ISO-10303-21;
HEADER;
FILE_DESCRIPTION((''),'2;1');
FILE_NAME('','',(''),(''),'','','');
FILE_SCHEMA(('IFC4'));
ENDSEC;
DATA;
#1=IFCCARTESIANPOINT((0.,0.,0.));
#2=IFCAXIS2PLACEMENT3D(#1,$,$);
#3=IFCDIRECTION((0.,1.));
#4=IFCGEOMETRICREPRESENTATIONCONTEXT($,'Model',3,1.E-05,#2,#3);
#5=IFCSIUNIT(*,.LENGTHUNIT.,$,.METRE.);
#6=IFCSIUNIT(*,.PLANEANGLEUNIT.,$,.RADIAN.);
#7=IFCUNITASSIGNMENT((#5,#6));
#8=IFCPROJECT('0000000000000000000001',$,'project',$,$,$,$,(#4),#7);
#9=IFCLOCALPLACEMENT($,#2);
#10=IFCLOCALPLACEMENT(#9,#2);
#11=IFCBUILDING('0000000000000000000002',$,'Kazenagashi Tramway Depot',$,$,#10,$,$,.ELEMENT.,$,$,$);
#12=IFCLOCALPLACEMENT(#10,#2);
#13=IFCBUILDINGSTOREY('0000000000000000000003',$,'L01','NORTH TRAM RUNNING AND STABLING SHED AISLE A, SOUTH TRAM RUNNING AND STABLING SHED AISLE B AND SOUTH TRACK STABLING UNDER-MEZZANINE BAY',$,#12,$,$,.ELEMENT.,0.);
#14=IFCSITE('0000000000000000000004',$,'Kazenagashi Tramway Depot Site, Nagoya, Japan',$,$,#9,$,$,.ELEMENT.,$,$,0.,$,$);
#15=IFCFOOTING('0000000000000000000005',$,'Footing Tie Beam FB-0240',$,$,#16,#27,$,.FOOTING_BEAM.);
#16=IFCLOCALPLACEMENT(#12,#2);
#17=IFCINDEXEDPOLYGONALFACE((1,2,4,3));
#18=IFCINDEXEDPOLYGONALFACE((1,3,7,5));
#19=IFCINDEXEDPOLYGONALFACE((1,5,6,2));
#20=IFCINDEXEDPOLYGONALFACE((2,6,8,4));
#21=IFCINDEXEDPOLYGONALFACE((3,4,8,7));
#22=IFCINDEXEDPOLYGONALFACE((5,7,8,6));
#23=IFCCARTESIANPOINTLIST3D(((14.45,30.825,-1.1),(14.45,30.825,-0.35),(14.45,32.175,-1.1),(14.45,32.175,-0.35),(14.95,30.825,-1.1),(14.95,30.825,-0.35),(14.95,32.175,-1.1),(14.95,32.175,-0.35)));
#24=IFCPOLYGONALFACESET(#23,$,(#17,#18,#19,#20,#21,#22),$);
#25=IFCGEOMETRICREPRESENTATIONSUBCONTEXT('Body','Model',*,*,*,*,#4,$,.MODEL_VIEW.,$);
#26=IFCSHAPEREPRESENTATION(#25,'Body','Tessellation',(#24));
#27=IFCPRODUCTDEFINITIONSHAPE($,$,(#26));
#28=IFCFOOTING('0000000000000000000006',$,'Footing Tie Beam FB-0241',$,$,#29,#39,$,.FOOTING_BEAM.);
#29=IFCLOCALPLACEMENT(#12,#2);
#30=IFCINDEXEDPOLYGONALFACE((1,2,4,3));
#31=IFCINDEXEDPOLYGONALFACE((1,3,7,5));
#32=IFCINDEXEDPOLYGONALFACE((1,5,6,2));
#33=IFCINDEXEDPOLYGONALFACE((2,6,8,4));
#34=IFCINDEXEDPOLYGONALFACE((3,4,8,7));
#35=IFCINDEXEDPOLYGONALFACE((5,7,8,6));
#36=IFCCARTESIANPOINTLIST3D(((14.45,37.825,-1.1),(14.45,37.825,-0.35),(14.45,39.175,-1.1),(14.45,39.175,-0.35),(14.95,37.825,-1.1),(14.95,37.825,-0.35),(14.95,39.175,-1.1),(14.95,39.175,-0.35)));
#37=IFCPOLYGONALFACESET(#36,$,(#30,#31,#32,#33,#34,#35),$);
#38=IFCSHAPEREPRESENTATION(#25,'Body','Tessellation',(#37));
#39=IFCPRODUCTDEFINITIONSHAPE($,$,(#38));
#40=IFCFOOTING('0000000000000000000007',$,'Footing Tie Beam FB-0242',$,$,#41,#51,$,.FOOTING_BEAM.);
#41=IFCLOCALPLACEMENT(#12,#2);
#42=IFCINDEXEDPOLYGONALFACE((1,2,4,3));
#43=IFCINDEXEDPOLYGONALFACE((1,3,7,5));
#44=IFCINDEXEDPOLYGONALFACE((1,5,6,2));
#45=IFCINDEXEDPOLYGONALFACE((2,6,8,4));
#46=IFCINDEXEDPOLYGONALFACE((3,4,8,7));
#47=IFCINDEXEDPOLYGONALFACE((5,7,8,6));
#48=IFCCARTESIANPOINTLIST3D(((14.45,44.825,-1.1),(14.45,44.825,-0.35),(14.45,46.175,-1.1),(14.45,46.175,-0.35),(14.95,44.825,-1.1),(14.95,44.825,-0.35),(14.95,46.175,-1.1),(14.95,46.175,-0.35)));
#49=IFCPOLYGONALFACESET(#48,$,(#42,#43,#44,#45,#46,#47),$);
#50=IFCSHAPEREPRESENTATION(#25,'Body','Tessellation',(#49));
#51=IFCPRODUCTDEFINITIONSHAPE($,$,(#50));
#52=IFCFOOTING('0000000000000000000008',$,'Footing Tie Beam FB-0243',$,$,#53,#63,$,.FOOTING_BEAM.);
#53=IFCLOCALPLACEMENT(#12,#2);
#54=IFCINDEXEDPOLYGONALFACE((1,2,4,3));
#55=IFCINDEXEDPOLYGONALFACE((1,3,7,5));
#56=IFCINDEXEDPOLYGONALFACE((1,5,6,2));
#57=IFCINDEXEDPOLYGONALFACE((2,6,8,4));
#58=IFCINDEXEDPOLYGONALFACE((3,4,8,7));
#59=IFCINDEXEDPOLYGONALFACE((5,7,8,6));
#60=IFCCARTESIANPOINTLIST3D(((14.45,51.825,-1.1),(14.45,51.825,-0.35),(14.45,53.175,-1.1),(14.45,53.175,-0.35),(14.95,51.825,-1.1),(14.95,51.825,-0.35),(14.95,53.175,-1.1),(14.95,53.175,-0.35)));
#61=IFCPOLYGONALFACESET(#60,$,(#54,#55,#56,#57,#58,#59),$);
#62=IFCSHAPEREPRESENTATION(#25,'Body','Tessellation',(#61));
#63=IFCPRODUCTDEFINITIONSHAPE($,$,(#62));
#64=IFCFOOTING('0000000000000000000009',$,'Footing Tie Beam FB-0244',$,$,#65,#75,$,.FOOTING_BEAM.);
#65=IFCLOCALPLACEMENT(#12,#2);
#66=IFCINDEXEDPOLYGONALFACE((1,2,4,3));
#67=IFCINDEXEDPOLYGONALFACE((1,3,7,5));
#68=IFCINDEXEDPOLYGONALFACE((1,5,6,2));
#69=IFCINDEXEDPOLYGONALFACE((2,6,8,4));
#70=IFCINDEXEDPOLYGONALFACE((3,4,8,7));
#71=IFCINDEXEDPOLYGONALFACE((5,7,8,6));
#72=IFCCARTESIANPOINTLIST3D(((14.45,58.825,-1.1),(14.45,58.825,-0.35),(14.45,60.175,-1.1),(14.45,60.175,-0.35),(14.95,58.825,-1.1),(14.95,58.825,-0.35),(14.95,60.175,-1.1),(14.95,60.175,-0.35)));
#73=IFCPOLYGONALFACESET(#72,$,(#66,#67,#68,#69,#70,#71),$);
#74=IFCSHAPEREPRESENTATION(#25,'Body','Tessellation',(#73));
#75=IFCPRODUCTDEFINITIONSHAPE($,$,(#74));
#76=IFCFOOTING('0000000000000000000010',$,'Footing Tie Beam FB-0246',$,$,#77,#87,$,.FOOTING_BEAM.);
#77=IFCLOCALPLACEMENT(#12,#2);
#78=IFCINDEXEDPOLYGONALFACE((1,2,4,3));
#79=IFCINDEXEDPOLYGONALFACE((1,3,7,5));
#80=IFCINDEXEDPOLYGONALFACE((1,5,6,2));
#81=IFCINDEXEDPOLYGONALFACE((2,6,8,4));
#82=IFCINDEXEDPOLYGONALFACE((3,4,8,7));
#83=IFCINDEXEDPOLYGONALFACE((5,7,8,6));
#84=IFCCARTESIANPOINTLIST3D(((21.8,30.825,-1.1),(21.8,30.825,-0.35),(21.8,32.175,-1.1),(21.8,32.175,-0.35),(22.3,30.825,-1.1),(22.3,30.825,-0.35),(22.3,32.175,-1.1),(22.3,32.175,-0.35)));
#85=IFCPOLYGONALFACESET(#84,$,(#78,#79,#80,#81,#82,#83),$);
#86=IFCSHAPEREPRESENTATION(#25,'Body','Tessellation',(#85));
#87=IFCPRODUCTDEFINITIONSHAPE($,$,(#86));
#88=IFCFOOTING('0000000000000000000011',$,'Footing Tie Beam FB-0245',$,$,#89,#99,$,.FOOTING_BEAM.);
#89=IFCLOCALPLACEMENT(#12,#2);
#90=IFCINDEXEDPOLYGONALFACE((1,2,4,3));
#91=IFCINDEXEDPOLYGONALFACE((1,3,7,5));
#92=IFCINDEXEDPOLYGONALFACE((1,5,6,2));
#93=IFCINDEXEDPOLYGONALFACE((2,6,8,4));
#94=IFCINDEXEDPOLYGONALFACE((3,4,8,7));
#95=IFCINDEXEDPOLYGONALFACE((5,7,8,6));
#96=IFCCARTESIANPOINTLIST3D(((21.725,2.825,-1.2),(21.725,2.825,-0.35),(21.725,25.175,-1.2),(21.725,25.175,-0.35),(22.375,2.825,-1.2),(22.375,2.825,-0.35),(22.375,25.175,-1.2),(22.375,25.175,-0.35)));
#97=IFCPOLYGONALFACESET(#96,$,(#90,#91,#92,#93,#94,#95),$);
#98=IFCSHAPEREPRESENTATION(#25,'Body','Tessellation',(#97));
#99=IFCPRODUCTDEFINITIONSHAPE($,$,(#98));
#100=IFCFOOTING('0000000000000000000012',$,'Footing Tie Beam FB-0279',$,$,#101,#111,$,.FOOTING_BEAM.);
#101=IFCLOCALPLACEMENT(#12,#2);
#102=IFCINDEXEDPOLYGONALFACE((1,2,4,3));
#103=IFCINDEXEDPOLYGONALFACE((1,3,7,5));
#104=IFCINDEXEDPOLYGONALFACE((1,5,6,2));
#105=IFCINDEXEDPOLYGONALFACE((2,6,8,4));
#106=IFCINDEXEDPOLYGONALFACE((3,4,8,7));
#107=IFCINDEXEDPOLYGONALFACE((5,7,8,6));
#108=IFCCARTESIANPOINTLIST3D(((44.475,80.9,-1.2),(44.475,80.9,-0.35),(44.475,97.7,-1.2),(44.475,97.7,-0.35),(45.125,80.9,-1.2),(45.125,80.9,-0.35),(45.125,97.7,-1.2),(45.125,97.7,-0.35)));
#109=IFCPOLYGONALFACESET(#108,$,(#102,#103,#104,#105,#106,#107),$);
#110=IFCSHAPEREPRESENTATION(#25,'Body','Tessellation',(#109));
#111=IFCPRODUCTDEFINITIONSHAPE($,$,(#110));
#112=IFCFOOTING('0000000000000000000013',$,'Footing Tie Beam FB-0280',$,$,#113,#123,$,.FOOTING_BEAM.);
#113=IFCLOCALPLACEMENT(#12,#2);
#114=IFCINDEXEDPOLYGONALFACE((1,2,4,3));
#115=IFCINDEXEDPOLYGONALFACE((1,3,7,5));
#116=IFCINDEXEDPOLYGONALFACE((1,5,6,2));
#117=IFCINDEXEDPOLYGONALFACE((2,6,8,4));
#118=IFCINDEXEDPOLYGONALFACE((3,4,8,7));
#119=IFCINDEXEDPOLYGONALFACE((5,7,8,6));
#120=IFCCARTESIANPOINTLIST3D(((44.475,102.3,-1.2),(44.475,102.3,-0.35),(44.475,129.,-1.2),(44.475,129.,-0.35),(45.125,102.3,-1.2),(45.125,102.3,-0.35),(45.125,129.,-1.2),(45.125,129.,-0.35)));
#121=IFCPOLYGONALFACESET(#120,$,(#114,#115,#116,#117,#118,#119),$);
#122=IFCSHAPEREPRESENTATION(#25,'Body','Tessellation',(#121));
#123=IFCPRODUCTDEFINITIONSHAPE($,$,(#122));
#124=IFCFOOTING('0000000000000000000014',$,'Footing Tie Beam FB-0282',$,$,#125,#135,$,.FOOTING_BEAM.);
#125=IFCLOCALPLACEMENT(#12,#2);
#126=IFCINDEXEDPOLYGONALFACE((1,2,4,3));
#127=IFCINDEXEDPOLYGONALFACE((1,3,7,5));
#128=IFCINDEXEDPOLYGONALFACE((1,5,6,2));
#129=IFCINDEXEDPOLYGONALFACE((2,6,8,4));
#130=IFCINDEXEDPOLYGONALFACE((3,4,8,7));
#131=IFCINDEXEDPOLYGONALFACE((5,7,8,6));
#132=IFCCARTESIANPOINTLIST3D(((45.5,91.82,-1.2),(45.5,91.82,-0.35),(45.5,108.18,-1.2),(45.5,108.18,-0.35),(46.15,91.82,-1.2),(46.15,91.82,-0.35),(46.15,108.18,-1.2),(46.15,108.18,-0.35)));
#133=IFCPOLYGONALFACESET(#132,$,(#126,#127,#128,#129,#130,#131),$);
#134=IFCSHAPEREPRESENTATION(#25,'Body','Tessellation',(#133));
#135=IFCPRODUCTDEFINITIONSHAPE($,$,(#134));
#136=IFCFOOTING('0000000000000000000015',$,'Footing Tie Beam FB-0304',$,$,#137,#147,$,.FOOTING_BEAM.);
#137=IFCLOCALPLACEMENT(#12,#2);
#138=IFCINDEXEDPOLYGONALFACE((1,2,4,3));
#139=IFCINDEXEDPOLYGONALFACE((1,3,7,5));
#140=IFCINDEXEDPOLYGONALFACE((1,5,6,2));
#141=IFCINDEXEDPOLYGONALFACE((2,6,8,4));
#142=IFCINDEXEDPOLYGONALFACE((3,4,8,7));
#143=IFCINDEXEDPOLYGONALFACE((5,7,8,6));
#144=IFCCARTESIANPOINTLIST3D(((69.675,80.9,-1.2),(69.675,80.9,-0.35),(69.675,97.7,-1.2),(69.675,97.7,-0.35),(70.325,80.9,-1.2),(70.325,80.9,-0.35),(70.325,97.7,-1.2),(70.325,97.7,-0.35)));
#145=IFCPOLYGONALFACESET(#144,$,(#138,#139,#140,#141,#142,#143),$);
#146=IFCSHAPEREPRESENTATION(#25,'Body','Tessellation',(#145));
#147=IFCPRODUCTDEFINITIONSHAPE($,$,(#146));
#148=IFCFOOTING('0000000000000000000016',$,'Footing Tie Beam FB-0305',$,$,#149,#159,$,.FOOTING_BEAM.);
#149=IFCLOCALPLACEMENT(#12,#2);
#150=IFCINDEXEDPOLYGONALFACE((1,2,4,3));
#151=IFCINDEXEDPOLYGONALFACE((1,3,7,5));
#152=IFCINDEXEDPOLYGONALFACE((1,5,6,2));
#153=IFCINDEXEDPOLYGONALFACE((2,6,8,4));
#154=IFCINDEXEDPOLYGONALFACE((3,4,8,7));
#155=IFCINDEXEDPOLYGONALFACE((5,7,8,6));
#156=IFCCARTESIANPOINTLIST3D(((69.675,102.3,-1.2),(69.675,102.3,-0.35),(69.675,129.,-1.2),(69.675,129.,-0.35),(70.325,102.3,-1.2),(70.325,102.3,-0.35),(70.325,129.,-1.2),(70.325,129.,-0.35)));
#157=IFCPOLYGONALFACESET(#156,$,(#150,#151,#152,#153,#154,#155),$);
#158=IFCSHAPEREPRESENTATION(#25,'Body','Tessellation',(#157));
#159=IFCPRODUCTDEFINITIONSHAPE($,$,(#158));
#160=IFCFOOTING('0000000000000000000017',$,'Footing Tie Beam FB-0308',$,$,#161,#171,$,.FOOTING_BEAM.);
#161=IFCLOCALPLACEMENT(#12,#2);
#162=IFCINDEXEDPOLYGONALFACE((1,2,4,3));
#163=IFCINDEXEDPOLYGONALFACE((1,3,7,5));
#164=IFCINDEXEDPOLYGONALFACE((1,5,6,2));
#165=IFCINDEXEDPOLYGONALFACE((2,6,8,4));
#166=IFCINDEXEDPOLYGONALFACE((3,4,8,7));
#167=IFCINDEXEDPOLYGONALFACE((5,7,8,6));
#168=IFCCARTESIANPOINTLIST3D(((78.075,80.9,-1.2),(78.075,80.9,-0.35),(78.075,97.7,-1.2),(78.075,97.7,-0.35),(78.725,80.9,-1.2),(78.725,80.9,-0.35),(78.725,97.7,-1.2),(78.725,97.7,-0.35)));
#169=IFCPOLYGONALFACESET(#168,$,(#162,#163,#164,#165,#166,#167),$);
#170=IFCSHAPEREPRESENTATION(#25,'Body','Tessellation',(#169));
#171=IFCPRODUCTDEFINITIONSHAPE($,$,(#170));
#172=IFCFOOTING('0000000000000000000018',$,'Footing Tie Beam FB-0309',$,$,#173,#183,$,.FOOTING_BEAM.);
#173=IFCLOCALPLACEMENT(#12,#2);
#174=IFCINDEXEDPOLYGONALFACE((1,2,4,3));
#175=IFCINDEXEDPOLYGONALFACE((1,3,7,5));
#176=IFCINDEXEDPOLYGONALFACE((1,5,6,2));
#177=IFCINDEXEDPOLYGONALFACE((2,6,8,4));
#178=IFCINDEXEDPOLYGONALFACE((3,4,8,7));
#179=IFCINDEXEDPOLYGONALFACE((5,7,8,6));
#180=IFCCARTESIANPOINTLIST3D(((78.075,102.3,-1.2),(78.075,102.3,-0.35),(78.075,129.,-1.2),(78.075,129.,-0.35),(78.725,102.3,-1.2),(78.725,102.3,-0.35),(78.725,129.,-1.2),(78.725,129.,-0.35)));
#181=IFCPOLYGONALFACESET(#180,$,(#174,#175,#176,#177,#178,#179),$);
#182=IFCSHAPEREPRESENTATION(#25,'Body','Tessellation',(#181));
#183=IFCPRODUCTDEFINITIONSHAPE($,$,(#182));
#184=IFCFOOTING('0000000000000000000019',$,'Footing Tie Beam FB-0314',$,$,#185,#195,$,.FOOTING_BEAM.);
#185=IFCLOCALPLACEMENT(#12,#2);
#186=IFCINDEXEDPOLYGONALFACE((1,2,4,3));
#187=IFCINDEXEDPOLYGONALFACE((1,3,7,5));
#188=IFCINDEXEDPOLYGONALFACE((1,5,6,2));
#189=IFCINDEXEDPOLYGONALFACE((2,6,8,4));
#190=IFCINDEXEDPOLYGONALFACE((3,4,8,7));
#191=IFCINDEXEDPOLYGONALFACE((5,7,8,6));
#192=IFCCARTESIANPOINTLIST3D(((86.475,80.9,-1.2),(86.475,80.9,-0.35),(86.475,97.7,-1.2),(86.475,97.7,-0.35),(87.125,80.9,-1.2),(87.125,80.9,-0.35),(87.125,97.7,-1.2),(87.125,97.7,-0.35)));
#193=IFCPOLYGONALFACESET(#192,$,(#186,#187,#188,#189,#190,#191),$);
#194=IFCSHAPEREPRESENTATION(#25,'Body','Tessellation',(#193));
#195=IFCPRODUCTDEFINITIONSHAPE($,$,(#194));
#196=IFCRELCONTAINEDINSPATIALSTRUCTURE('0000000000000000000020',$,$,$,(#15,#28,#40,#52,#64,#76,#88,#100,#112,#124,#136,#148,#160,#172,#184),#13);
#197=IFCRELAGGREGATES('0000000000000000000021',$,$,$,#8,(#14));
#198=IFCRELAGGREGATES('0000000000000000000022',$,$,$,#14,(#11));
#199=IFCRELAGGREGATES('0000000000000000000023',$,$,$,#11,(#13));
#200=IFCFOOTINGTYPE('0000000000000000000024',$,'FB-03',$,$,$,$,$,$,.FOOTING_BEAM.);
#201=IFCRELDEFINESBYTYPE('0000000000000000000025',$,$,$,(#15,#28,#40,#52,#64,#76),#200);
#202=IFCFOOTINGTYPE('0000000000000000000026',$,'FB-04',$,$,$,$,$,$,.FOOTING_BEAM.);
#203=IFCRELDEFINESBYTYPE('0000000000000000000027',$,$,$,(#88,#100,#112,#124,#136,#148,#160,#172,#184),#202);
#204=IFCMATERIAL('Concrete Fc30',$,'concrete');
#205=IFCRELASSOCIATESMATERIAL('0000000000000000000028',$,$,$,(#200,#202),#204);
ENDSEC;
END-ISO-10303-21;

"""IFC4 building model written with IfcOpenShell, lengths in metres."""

from ifc_helpers import new_model, si_unit, direction, frame, origin, place, context, subcontext, project, spatial, polyline, outline, extrude, material, type_object, element, save


model = new_model("IFC4")

# Units and contexts
model_context = context("Model", 3, precision=1e-05, world=origin(), true_north=direction((0.0, 1.0)))
body_context = subcontext(model_context, "Body", "Model", "MODEL_VIEW")
ifc_project = project(units=[si_unit("LENGTHUNIT", "METRE"), si_unit("PLANEANGLEUNIT", "RADIAN")], contexts=[model_context])

# Site, building, storey
site_placement = place(None, origin())
site = spatial("IfcSite", under=ifc_project, at=site_placement, Name="Kazenagashi Tramway Depot Site, Nagoya, Japan", CompositionType="ELEMENT", RefElevation=0.0)
building_placement = place(site_placement, origin())
building = spatial("IfcBuilding", under=site, at=building_placement, Name="Kazenagashi Tramway Depot", CompositionType="ELEMENT")
storey_placement = place(building_placement, origin())
storey = spatial("IfcBuildingStorey", under=building, at=storey_placement, Name="L01", Description="NORTH TRAM RUNNING AND STABLING SHED AISLE A, SOUTH TRAM RUNNING AND STABLING SHED AISLE B AND SOUTH TRACK STABLING UNDER-MEZZANINE BAY", CompositionType="ELEMENT", Elevation=0.0)

# Footings
ifc_material = material(Name="Concrete Fc30", Category="concrete")
footing_type_1 = type_object("IfcFootingType", Name="FB-03", PredefinedType="FOOTING_BEAM", material=ifc_material)
footing_1_placement = place(storey_placement, frame((0.0, 0.0, -1.1)))
element("IfcFooting", 1, at=footing_1_placement, inside=storey, type_object=footing_type_1, Name="Footing Tie Beam FB-0240", PredefinedType="FOOTING_BEAM", context=body_context, shape_type="SweptSolid", body=[
    extrude(outline(polyline([(14.45, 30.825), (14.95, 30.825), (14.95, 32.175), (14.45, 32.175), (14.45, 30.825)])), origin(), (0.0, 0.0, 1.0), 0.75),
])
footing_2_placement = place(storey_placement, frame((0.0, 0.0, -1.1)))
element("IfcFooting", 2, at=footing_2_placement, inside=storey, type_object=footing_type_1, Name="Footing Tie Beam FB-0241", PredefinedType="FOOTING_BEAM", context=body_context, shape_type="SweptSolid", body=[
    extrude(outline(polyline([(14.45, 37.825), (14.95, 37.825), (14.95, 39.175), (14.45, 39.175), (14.45, 37.825)])), origin(), (0.0, 0.0, 1.0), 0.75),
])
footing_3_placement = place(storey_placement, frame((0.0, 0.0, -1.1)))
element("IfcFooting", 3, at=footing_3_placement, inside=storey, type_object=footing_type_1, Name="Footing Tie Beam FB-0242", PredefinedType="FOOTING_BEAM", context=body_context, shape_type="SweptSolid", body=[
    extrude(outline(polyline([(14.45, 44.825), (14.95, 44.825), (14.95, 46.175), (14.45, 46.175), (14.45, 44.825)])), origin(), (0.0, 0.0, 1.0), 0.75),
])
footing_4_placement = place(storey_placement, frame((0.0, 0.0, -1.1)))
element("IfcFooting", 4, at=footing_4_placement, inside=storey, type_object=footing_type_1, Name="Footing Tie Beam FB-0243", PredefinedType="FOOTING_BEAM", context=body_context, shape_type="SweptSolid", body=[
    extrude(outline(polyline([(14.45, 51.825), (14.95, 51.825), (14.95, 53.175), (14.45, 53.175), (14.45, 51.825)])), origin(), (0.0, 0.0, 1.0), 0.75),
])
footing_5_placement = place(storey_placement, frame((0.0, 0.0, -1.1)))
element("IfcFooting", 5, at=footing_5_placement, inside=storey, type_object=footing_type_1, Name="Footing Tie Beam FB-0244", PredefinedType="FOOTING_BEAM", context=body_context, shape_type="SweptSolid", body=[
    extrude(outline(polyline([(14.45, 58.825), (14.95, 58.825), (14.95, 60.175), (14.45, 60.175), (14.45, 58.825)])), origin(), (0.0, 0.0, 1.0), 0.75),
])
footing_6_placement = place(storey_placement, frame((0.0, 0.0, -1.1)))
element("IfcFooting", 6, at=footing_6_placement, inside=storey, type_object=footing_type_1, Name="Footing Tie Beam FB-0246", PredefinedType="FOOTING_BEAM", context=body_context, shape_type="SweptSolid", body=[
    extrude(outline(polyline([(21.8, 30.825), (22.3, 30.825), (22.3, 32.175), (21.8, 32.175), (21.8, 30.825)])), origin(), (0.0, 0.0, 1.0), 0.75),
])
footing_type_2 = type_object("IfcFootingType", Name="FB-04", PredefinedType="FOOTING_BEAM", material=ifc_material)
footing_7_placement = place(storey_placement, frame((0.0, 0.0, -1.2)))
element("IfcFooting", 7, at=footing_7_placement, inside=storey, type_object=footing_type_2, Name="Footing Tie Beam FB-0245", PredefinedType="FOOTING_BEAM", context=body_context, shape_type="SweptSolid", body=[
    extrude(outline(polyline([(21.725, 2.825), (22.375, 2.825), (22.375, 25.175), (21.725, 25.175), (21.725, 2.825)])), origin(), (0.0, 0.0, 1.0), 0.85),
])
footing_8_placement = place(storey_placement, frame((0.0, 0.0, -1.2)))
element("IfcFooting", 8, at=footing_8_placement, inside=storey, type_object=footing_type_2, Name="Footing Tie Beam FB-0279", PredefinedType="FOOTING_BEAM", context=body_context, shape_type="SweptSolid", body=[
    extrude(outline(polyline([(44.475, 80.9), (45.125, 80.9), (45.125, 97.7), (44.475, 97.7), (44.475, 80.9)])), origin(), (0.0, 0.0, 1.0), 0.85),
])
footing_9_placement = place(storey_placement, frame((0.0, 0.0, -1.2)))
element("IfcFooting", 9, at=footing_9_placement, inside=storey, type_object=footing_type_2, Name="Footing Tie Beam FB-0280", PredefinedType="FOOTING_BEAM", context=body_context, shape_type="SweptSolid", body=[
    extrude(outline(polyline([(44.475, 102.3), (45.125, 102.3), (45.125, 129.0), (44.475, 129.0), (44.475, 102.3)])), origin(), (0.0, 0.0, 1.0), 0.85),
])
footing_10_placement = place(storey_placement, frame((0.0, 0.0, -1.2)))
element("IfcFooting", 10, at=footing_10_placement, inside=storey, type_object=footing_type_2, Name="Footing Tie Beam FB-0282", PredefinedType="FOOTING_BEAM", context=body_context, shape_type="SweptSolid", body=[
    extrude(outline(polyline([(45.5, 91.82), (46.15, 91.82), (46.15, 108.18), (45.5, 108.18), (45.5, 91.82)])), origin(), (0.0, 0.0, 1.0), 0.85),
])
footing_11_placement = place(storey_placement, frame((0.0, 0.0, -1.2)))
element("IfcFooting", 11, at=footing_11_placement, inside=storey, type_object=footing_type_2, Name="Footing Tie Beam FB-0304", PredefinedType="FOOTING_BEAM", context=body_context, shape_type="SweptSolid", body=[
    extrude(outline(polyline([(69.675, 80.9), (70.325, 80.9), (70.325, 97.7), (69.675, 97.7), (69.675, 80.9)])), origin(), (0.0, 0.0, 1.0), 0.85),
])
footing_12_placement = place(storey_placement, frame((0.0, 0.0, -1.2)))
element("IfcFooting", 12, at=footing_12_placement, inside=storey, type_object=footing_type_2, Name="Footing Tie Beam FB-0305", PredefinedType="FOOTING_BEAM", context=body_context, shape_type="SweptSolid", body=[
    extrude(outline(polyline([(69.675, 102.3), (70.325, 102.3), (70.325, 129.0), (69.675, 129.0), (69.675, 102.3)])), origin(), (0.0, 0.0, 1.0), 0.85),
])
footing_13_placement = place(storey_placement, frame((0.0, 0.0, -1.2)))
element("IfcFooting", 13, at=footing_13_placement, inside=storey, type_object=footing_type_2, Name="Footing Tie Beam FB-0308", PredefinedType="FOOTING_BEAM", context=body_context, shape_type="SweptSolid", body=[
    extrude(outline(polyline([(78.075, 80.9), (78.725, 80.9), (78.725, 97.7), (78.075, 97.7), (78.075, 80.9)])), origin(), (0.0, 0.0, 1.0), 0.85),
])
footing_14_placement = place(storey_placement, frame((0.0, 0.0, -1.2)))
element("IfcFooting", 14, at=footing_14_placement, inside=storey, type_object=footing_type_2, Name="Footing Tie Beam FB-0309", PredefinedType="FOOTING_BEAM", context=body_context, shape_type="SweptSolid", body=[
    extrude(outline(polyline([(78.075, 102.3), (78.725, 102.3), (78.725, 129.0), (78.075, 129.0), (78.075, 102.3)])), origin(), (0.0, 0.0, 1.0), 0.85),
])
footing_15_placement = place(storey_placement, frame((0.0, 0.0, -1.2)))
element("IfcFooting", 15, at=footing_15_placement, inside=storey, type_object=footing_type_2, Name="Footing Tie Beam FB-0314", PredefinedType="FOOTING_BEAM", context=body_context, shape_type="SweptSolid", body=[
    extrude(outline(polyline([(86.475, 80.9), (87.125, 80.9), (87.125, 97.7), (86.475, 97.7), (86.475, 80.9)])), origin(), (0.0, 0.0, 1.0), 0.85),
])

save(model, "model.ifc")
